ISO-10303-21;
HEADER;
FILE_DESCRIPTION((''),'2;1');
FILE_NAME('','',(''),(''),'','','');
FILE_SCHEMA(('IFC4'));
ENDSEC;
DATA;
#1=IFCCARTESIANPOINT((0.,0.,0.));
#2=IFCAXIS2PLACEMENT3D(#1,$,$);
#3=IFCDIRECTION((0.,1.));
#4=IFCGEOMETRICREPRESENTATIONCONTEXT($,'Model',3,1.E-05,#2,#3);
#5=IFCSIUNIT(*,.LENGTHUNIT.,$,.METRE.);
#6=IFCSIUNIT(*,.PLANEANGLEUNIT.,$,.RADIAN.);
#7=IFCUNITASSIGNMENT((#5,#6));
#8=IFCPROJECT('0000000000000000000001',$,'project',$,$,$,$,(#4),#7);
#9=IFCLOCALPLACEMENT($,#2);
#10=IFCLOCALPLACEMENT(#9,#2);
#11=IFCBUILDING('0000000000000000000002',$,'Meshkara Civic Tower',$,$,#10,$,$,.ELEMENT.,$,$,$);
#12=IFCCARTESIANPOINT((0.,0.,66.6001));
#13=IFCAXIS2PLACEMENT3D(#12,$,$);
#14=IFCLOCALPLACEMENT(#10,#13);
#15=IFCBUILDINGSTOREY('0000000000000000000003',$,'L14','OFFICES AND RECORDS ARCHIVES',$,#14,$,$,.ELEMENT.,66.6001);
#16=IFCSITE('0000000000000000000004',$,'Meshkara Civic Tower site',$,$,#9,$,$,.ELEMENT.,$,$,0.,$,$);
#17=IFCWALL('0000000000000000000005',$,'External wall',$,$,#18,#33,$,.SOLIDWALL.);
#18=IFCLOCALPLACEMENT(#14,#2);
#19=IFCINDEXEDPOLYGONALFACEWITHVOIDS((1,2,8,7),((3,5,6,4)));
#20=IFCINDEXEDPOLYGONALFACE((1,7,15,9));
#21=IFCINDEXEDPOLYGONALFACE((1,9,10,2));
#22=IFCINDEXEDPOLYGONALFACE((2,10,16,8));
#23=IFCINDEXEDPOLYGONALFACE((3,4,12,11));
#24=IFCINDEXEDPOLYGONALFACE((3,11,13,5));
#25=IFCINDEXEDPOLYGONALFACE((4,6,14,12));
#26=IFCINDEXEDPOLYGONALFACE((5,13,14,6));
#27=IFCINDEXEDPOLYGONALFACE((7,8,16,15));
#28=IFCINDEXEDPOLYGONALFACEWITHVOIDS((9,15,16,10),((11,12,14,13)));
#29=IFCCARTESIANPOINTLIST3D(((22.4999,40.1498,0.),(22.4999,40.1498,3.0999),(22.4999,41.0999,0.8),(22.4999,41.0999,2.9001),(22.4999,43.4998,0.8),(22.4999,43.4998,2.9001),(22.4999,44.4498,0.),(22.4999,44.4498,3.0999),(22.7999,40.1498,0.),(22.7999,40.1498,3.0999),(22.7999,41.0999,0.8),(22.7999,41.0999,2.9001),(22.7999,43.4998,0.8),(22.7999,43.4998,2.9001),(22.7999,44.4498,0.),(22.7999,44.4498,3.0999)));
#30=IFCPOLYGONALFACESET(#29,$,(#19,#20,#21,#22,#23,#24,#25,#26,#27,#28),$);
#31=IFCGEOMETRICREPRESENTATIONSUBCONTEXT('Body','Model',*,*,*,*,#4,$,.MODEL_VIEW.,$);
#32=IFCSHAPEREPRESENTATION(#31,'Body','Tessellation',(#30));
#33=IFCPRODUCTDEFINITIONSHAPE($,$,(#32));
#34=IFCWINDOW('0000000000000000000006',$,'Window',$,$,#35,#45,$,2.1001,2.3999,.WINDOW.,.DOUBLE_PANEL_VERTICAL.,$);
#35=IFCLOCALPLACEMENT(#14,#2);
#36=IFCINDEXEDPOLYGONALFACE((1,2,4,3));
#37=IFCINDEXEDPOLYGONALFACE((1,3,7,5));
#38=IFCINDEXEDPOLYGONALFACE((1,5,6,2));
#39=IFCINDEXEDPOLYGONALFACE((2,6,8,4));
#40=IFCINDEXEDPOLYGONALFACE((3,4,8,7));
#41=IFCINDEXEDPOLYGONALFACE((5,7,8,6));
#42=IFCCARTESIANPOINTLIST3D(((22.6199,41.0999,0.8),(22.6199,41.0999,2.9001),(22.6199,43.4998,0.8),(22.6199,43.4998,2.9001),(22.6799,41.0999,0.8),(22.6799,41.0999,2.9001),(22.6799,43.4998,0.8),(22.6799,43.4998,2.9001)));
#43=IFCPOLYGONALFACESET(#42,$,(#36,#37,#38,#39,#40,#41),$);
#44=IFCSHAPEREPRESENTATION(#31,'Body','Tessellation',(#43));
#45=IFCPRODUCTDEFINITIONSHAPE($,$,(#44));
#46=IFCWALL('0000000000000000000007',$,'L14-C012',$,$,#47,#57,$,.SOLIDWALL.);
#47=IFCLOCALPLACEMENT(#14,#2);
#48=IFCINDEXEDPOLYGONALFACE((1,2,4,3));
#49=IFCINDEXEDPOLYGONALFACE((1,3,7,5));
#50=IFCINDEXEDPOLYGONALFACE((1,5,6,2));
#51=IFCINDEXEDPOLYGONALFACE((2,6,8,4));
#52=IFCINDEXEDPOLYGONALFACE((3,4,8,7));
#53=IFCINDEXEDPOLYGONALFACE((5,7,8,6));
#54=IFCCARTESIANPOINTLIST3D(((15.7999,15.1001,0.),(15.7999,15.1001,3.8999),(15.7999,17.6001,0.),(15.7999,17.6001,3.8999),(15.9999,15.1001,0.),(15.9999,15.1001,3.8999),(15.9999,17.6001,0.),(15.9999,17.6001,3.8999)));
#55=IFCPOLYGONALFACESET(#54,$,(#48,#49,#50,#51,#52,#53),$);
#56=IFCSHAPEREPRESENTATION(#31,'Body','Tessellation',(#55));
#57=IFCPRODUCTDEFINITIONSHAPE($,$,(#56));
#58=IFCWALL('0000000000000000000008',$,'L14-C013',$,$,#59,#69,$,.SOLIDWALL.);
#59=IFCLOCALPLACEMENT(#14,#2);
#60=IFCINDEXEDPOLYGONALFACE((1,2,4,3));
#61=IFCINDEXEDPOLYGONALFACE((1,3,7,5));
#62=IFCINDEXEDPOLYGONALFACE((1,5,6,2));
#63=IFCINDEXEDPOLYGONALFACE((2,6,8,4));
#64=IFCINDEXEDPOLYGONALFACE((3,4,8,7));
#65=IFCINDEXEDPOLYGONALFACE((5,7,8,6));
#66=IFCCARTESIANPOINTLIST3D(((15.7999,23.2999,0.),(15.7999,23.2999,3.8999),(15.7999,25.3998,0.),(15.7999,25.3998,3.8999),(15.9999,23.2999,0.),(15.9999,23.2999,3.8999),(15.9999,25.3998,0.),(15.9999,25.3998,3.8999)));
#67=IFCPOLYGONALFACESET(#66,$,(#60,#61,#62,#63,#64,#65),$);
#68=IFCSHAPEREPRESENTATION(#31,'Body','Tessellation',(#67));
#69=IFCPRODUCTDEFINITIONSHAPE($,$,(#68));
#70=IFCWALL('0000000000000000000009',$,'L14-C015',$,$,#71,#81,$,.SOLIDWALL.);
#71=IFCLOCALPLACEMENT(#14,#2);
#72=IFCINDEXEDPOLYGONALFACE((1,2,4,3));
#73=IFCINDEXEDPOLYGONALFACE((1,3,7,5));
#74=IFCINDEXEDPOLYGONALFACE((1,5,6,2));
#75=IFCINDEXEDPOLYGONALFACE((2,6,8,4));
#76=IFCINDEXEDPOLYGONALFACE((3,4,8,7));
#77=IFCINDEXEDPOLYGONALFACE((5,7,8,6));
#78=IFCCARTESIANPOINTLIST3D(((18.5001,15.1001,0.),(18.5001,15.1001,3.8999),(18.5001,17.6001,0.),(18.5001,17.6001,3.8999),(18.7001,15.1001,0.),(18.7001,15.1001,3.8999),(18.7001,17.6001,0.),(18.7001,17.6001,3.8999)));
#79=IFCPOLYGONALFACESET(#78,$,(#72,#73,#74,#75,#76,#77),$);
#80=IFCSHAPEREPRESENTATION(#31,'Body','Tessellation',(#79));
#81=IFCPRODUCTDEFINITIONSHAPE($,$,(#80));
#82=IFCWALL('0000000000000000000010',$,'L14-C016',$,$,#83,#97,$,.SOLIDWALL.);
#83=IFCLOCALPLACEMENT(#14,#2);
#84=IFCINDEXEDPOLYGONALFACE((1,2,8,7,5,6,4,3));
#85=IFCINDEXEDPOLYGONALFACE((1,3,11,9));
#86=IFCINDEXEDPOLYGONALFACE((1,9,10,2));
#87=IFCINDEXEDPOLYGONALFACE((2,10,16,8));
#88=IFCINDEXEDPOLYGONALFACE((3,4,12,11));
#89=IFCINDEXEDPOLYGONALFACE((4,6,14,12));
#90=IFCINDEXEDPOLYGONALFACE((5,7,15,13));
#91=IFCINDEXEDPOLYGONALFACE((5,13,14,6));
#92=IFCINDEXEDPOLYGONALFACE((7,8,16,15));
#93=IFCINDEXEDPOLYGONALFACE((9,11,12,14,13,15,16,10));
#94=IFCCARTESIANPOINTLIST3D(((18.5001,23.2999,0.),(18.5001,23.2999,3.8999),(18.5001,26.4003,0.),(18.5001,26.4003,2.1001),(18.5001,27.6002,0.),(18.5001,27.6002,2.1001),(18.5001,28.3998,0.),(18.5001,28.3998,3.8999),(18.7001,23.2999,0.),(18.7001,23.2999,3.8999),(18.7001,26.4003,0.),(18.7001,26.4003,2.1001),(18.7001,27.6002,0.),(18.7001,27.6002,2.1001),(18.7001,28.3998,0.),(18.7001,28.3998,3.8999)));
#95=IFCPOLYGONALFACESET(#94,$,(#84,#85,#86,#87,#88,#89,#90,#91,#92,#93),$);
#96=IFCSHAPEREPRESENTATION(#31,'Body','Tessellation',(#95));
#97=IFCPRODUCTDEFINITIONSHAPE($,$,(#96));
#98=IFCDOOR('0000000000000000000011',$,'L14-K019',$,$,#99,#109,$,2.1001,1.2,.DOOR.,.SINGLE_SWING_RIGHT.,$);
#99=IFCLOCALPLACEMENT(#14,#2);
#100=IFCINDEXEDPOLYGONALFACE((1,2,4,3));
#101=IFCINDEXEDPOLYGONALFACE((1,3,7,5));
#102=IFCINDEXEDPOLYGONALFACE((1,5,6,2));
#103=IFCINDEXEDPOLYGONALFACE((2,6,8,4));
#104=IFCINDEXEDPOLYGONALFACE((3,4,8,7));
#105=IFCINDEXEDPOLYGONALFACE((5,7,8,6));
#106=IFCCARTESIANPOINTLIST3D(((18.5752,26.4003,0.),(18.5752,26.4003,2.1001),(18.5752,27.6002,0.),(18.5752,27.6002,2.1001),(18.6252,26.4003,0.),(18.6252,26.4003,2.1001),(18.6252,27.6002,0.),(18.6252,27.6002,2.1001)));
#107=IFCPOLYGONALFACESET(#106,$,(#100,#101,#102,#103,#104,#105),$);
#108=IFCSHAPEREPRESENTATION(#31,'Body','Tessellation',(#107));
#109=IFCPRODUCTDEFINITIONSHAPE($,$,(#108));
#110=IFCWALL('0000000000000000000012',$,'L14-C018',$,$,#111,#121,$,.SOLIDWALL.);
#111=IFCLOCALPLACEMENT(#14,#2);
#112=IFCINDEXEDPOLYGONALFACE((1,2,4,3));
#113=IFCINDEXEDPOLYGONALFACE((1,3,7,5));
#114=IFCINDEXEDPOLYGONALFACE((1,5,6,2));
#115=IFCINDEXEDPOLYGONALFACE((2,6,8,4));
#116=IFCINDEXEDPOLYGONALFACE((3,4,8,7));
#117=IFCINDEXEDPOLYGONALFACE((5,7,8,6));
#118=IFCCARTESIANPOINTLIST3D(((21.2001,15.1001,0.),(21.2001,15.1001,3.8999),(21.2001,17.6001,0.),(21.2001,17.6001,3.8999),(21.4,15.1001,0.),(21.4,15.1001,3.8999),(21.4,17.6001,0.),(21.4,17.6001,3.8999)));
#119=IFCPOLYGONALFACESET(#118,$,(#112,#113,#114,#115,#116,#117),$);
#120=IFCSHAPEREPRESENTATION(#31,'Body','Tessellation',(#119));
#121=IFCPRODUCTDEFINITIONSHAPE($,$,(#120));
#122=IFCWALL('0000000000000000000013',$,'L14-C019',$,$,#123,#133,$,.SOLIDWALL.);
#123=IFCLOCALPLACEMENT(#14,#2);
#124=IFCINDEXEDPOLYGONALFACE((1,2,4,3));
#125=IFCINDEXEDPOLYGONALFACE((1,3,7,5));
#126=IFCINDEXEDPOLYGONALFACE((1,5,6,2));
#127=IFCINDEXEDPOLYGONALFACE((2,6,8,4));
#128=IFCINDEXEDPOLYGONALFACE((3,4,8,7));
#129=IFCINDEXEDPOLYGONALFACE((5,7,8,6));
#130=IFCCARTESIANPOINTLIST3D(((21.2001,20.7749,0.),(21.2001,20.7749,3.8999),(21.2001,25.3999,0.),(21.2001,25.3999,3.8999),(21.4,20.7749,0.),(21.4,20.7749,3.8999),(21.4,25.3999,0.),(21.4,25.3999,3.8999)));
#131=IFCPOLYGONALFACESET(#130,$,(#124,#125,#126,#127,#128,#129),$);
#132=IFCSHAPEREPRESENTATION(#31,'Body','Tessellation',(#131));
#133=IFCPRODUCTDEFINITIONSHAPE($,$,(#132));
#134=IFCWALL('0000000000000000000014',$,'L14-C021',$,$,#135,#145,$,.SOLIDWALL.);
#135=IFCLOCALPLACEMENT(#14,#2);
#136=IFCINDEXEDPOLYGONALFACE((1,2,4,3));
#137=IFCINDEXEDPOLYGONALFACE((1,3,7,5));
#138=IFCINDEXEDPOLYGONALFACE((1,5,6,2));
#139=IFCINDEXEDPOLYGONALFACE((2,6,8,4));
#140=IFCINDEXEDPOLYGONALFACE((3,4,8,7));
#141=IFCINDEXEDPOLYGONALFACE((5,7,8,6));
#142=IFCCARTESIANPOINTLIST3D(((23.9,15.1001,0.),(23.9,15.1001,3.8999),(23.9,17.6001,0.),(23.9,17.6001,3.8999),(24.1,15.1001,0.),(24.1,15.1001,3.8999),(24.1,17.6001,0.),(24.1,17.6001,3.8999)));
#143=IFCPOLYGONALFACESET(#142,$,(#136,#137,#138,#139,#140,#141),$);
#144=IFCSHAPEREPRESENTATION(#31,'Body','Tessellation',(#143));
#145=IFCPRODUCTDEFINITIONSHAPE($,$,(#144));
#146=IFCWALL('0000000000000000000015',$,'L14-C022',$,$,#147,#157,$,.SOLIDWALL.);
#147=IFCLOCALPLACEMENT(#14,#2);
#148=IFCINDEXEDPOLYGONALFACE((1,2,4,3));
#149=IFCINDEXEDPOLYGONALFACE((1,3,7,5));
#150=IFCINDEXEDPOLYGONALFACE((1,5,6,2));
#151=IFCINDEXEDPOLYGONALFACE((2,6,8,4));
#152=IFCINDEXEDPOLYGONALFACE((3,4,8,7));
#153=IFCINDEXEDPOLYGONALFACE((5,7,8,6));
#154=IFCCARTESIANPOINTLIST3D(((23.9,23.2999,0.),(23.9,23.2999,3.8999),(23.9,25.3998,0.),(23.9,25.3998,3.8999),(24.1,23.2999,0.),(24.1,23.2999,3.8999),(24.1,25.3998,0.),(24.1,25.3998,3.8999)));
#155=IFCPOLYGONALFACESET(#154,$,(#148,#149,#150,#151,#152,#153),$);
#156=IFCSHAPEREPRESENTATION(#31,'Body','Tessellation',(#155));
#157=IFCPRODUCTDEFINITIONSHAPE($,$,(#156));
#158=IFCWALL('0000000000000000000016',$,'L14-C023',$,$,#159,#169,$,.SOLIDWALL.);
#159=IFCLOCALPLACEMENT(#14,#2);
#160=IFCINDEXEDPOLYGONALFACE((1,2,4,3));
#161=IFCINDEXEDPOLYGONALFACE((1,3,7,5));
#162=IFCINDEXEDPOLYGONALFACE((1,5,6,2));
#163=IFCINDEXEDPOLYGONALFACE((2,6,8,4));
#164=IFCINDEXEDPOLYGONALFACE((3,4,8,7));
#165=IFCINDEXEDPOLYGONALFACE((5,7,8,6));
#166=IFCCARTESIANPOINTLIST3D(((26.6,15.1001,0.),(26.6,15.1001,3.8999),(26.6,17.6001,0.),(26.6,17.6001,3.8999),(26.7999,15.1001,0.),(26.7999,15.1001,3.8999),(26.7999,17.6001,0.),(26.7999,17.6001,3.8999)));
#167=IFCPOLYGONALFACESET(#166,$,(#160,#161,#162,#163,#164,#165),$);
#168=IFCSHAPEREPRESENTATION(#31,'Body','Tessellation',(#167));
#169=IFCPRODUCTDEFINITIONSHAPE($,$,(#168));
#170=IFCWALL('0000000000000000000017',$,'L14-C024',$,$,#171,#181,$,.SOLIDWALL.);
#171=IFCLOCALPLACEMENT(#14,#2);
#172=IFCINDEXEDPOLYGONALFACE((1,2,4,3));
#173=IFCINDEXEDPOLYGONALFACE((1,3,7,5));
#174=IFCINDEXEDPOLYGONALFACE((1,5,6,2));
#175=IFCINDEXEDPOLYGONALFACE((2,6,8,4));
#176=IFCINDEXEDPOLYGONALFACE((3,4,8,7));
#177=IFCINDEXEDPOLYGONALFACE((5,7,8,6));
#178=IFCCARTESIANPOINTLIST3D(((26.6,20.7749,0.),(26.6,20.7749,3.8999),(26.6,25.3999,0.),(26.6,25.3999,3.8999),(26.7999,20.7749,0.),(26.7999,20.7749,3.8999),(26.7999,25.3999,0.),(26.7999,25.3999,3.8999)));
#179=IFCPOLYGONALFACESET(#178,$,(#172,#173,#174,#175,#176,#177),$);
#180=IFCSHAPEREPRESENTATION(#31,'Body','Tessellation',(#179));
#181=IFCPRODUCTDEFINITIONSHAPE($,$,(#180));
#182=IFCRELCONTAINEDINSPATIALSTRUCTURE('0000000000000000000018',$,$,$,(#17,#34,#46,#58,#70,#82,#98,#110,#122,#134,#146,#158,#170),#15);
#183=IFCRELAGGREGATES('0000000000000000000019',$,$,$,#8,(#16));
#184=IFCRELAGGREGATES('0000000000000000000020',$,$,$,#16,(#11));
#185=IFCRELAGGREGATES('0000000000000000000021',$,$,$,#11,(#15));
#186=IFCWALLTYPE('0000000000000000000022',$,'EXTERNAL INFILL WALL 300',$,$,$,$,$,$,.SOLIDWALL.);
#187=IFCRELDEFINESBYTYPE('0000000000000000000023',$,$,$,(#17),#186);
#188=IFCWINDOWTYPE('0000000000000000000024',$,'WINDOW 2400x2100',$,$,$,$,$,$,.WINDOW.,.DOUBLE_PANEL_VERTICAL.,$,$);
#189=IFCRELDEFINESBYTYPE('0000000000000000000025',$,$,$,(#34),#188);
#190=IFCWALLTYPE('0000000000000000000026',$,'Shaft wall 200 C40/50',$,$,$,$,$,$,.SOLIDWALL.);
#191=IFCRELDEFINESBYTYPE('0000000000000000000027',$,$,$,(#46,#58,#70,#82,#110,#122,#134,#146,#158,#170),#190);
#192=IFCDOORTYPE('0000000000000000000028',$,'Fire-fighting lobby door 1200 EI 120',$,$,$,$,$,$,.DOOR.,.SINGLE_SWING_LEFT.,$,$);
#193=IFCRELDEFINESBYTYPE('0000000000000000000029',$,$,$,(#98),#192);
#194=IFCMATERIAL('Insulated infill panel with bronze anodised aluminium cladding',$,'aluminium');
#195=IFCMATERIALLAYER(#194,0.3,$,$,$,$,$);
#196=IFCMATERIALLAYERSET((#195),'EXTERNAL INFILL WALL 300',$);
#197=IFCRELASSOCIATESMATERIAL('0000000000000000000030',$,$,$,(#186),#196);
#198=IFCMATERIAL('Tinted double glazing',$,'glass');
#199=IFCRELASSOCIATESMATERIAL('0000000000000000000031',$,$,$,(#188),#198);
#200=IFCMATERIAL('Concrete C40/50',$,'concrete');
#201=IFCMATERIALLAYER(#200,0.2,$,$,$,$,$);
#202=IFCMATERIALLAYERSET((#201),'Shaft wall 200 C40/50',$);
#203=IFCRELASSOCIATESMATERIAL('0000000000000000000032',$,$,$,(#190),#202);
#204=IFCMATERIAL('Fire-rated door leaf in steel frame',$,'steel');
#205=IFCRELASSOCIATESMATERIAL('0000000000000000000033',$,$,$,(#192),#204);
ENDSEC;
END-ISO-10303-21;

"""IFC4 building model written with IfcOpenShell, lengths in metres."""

from ifc_helpers import new_model, si_unit, direction, frame, frame_2d, origin, place, context, subcontext, project, spatial, rectangle, extrude, material, layer, layer_set, type_object, element, fill, save


model = new_model("IFC4")

# Units and contexts
model_context = context("Model", 3, precision=1e-05, world=origin(), true_north=direction((0.0, 1.0)))
body_context = subcontext(model_context, "Body", "Model", "MODEL_VIEW")
ifc_project = project(units=[si_unit("LENGTHUNIT", "METRE"), si_unit("PLANEANGLEUNIT", "RADIAN")], contexts=[model_context])

# Site, building, storey
site_placement = place(None, origin())
site = spatial("IfcSite", under=ifc_project, at=site_placement, Name="Meshkara Civic Tower site", CompositionType="ELEMENT", RefElevation=0.0)
building_placement = place(site_placement, origin())
building = spatial("IfcBuilding", under=site, at=building_placement, Name="Meshkara Civic Tower", CompositionType="ELEMENT")
storey_placement = place(building_placement, frame((0.0, 0.0, 66.6001)))
storey = spatial("IfcBuildingStorey", under=building, at=storey_placement, Name="L14", Description="OFFICES AND RECORDS ARCHIVES", CompositionType="ELEMENT", Elevation=66.6001)

# Wall, opening, window
ifc_material_1 = material(Name="Insulated infill panel with bronze anodised aluminium cladding", Category="aluminium")
ifc_layer_1 = layer(ifc_material_1, 0.3)
ifc_layer_set_1 = layer_set([ifc_layer_1], Name="EXTERNAL INFILL WALL 300")
wall_type_1 = type_object("IfcWallType", Name="EXTERNAL INFILL WALL 300", PredefinedType="SOLIDWALL", material=ifc_layer_set_1)
wall_1_placement = place(storey_placement, frame((22.6499, 40.1499, 0.0), z_axis=(0.0, 0.0, 1.0), x_axis=(0.0, 1.0, 0.0)))
wall_1 = element("IfcWall", 1, at=wall_1_placement, inside=storey, type_object=wall_type_1, Name="External wall", PredefinedType="SOLIDWALL", context=body_context, shape_type="SweptSolid", body=[
    extrude(rectangle(XDim=4.3, YDim=0.3, at=frame_2d((2.1499, 0.0))), origin(), (0.0, 0.0, 1.0), 3.0999),
])
opening_1_placement = place(wall_1_placement, frame((0.95, 0.0, 0.8)))
opening_1 = element("IfcOpeningElement", 2, at=opening_1_placement, cuts=wall_1, PredefinedType="OPENING", context=body_context, shape_type="SweptSolid", body=[
    extrude(rectangle(XDim=2.3999, YDim=2.1001, at=frame_2d((1.2, 1.05))), frame((0.0, 0.1599, 0.0), z_axis=(0.0, -1.0, 0.0), x_axis=(1.0, 0.0, 0.0)), (0.0, 0.0, 1.0), 0.3201),
])
ifc_material_2 = material(Name="Tinted double glazing", Category="glass")
window_type = type_object("IfcWindowType", Name="WINDOW 2400x2100", PartitioningType="DOUBLE_PANEL_VERTICAL", PredefinedType="WINDOW", material=ifc_material_2)
window_placement = place(opening_1_placement, origin())
window = element("IfcWindow", 3, at=window_placement, inside=storey, type_object=window_type, Name="Window", OverallHeight=2.1001, OverallWidth=2.3999, PartitioningType="DOUBLE_PANEL_VERTICAL", PredefinedType="WINDOW", context=body_context, shape_type="SweptSolid", body=[
    extrude(rectangle(XDim=2.3999, YDim=2.1001, at=frame_2d((1.2, 1.05))), frame((0.0, 0.03, 0.0), z_axis=(0.0, -1.0, 0.0), x_axis=(1.0, 0.0, 0.0)), (0.0, 0.0, 1.0), 0.0601),
])
fill(opening_1, window)

# Walls
ifc_material_3 = material(Name="Concrete C40/50", Category="concrete")
ifc_layer_2 = layer(ifc_material_3, 0.2)
ifc_layer_set_2 = layer_set([ifc_layer_2], Name="Shaft wall 200 C40/50")
wall_type_2 = type_object("IfcWallType", Name="Shaft wall 200 C40/50", PredefinedType="SOLIDWALL", material=ifc_layer_set_2)
wall_2_placement = place(storey_placement, frame((15.8999, 15.1001, 0.0), z_axis=(0.0, 0.0, 1.0), x_axis=(0.0, 1.0, 0.0)))
element("IfcWall", 4, at=wall_2_placement, inside=storey, type_object=wall_type_2, Name="L14-C012", PredefinedType="SOLIDWALL", context=body_context, shape_type="SweptSolid", body=[
    extrude(rectangle(XDim=2.5, YDim=0.2, at=frame_2d((1.25, 0.0))), origin(), (0.0, 0.0, 1.0), 3.8999),
])
wall_3_placement = place(storey_placement, frame((15.8999, 23.3, 0.0), z_axis=(0.0, 0.0, 1.0), x_axis=(0.0, 1.0, 0.0)))
element("IfcWall", 5, at=wall_3_placement, inside=storey, type_object=wall_type_2, Name="L14-C013", PredefinedType="SOLIDWALL", context=body_context, shape_type="SweptSolid", body=[
    extrude(rectangle(XDim=2.0999, YDim=0.2, at=frame_2d((1.0498, 0.0))), origin(), (0.0, 0.0, 1.0), 3.8999),
])
wall_4_placement = place(storey_placement, frame((18.6001, 15.1001, 0.0), z_axis=(0.0, 0.0, 1.0), x_axis=(0.0, 1.0, 0.0)))
element("IfcWall", 6, at=wall_4_placement, inside=storey, type_object=wall_type_2, Name="L14-C015", PredefinedType="SOLIDWALL", context=body_context, shape_type="SweptSolid", body=[
    extrude(rectangle(XDim=2.5, YDim=0.2, at=frame_2d((1.25, 0.0))), origin(), (0.0, 0.0, 1.0), 3.8999),
])

# Wall, opening, door
wall_5_placement = place(storey_placement, frame((18.6001, 23.3, 0.0), z_axis=(0.0, 0.0, 1.0), x_axis=(0.0, 1.0, 0.0)))
wall_5 = element("IfcWall", 7, at=wall_5_placement, inside=storey, type_object=wall_type_2, Name="L14-C016", PredefinedType="SOLIDWALL", context=body_context, shape_type="SweptSolid", body=[
    extrude(rectangle(XDim=5.0999, YDim=0.2, at=frame_2d((2.5498, 0.0))), origin(), (0.0, 0.0, 1.0), 3.8999),
])
opening_2_placement = place(wall_5_placement, frame((3.1001, 0.0, 0.0)))
opening_2 = element("IfcOpeningElement", 8, at=opening_2_placement, cuts=wall_5, PredefinedType="OPENING", context=body_context, shape_type="SweptSolid", body=[
    extrude(rectangle(XDim=1.2, YDim=2.1001, at=frame_2d((0.6001, 1.05))), frame((0.0, 0.1099, 0.0), z_axis=(0.0, -1.0, 0.0), x_axis=(1.0, 0.0, 0.0)), (0.0, 0.0, 1.0), 0.22),
])
ifc_material_4 = material(Name="Fire-rated door leaf in steel frame", Category="steel")
door_type_1 = type_object("IfcDoorType", Name="Fire-fighting lobby door 1200 EI 120", OperationType="SINGLE_SWING_LEFT", PredefinedType="DOOR", material=ifc_material_4)
door_1_placement = place(opening_2_placement, origin())
door_1 = element("IfcDoor", 9, at=door_1_placement, inside=storey, type_object=door_type_1, Name="L14-K019", OperationType="SINGLE_SWING_RIGHT", OverallHeight=2.1001, OverallWidth=1.2, PredefinedType="DOOR", context=body_context, shape_type="SweptSolid", body=[
    extrude(rectangle(XDim=1.2, YDim=2.1001, at=frame_2d((0.6001, 1.05))), frame((0.0, 0.0249, 0.0), z_axis=(0.0, -1.0, 0.0), x_axis=(1.0, 0.0, 0.0)), (0.0, 0.0, 1.0), 0.05),
])
fill(opening_2, door_1)

# Walls
wall_6_placement = place(storey_placement, frame((21.3, 15.1001, 0.0), z_axis=(0.0, 0.0, 1.0), x_axis=(0.0, 1.0, 0.0)))
element("IfcWall", 10, at=wall_6_placement, inside=storey, type_object=wall_type_2, Name="L14-C018", PredefinedType="SOLIDWALL", context=body_context, shape_type="SweptSolid", body=[
    extrude(rectangle(XDim=2.5, YDim=0.2, at=frame_2d((1.25, 0.0))), origin(), (0.0, 0.0, 1.0), 3.8999),
])
wall_7_placement = place(storey_placement, frame((21.3, 20.7749, 0.0), z_axis=(0.0, 0.0, 1.0), x_axis=(0.0, 1.0, 0.0)))
element("IfcWall", 11, at=wall_7_placement, inside=storey, type_object=wall_type_2, Name="L14-C019", PredefinedType="SOLIDWALL", context=body_context, shape_type="SweptSolid", body=[
    extrude(rectangle(XDim=4.625, YDim=0.2, at=frame_2d((2.3125, 0.0))), origin(), (0.0, 0.0, 1.0), 3.8999),
])
wall_8_placement = place(storey_placement, frame((24.0, 15.1001, 0.0), z_axis=(0.0, 0.0, 1.0), x_axis=(0.0, 1.0, 0.0)))
element("IfcWall", 12, at=wall_8_placement, inside=storey, type_object=wall_type_2, Name="L14-C021", PredefinedType="SOLIDWALL", context=body_context, shape_type="SweptSolid", body=[
    extrude(rectangle(XDim=2.5, YDim=0.2, at=frame_2d((1.25, 0.0))), origin(), (0.0, 0.0, 1.0), 3.8999),
])
wall_9_placement = place(storey_placement, frame((24.0, 23.3, 0.0), z_axis=(0.0, 0.0, 1.0), x_axis=(0.0, 1.0, 0.0)))
element("IfcWall", 13, at=wall_9_placement, inside=storey, type_object=wall_type_2, Name="L14-C022", PredefinedType="SOLIDWALL", context=body_context, shape_type="SweptSolid", body=[
    extrude(rectangle(XDim=2.0999, YDim=0.2, at=frame_2d((1.0498, 0.0))), origin(), (0.0, 0.0, 1.0), 3.8999),
])
wall_10_placement = place(storey_placement, frame((26.7, 15.1001, 0.0), z_axis=(0.0, 0.0, 1.0), x_axis=(0.0, 1.0, 0.0)))
element("IfcWall", 14, at=wall_10_placement, inside=storey, type_object=wall_type_2, Name="L14-C023", PredefinedType="SOLIDWALL", context=body_context, shape_type="SweptSolid", body=[
    extrude(rectangle(XDim=2.5, YDim=0.2, at=frame_2d((1.25, 0.0))), origin(), (0.0, 0.0, 1.0), 3.8999),
])
wall_11_placement = place(storey_placement, frame((26.7, 20.7749, 0.0), z_axis=(0.0, 0.0, 1.0), x_axis=(0.0, 1.0, 0.0)))
element("IfcWall", 15, at=wall_11_placement, inside=storey, type_object=wall_type_2, Name="L14-C024", PredefinedType="SOLIDWALL", context=body_context, shape_type="SweptSolid", body=[
    extrude(rectangle(XDim=4.625, YDim=0.2, at=frame_2d((2.3125, 0.0))), origin(), (0.0, 0.0, 1.0), 3.8999),
])

save(model, "model.ifc")
